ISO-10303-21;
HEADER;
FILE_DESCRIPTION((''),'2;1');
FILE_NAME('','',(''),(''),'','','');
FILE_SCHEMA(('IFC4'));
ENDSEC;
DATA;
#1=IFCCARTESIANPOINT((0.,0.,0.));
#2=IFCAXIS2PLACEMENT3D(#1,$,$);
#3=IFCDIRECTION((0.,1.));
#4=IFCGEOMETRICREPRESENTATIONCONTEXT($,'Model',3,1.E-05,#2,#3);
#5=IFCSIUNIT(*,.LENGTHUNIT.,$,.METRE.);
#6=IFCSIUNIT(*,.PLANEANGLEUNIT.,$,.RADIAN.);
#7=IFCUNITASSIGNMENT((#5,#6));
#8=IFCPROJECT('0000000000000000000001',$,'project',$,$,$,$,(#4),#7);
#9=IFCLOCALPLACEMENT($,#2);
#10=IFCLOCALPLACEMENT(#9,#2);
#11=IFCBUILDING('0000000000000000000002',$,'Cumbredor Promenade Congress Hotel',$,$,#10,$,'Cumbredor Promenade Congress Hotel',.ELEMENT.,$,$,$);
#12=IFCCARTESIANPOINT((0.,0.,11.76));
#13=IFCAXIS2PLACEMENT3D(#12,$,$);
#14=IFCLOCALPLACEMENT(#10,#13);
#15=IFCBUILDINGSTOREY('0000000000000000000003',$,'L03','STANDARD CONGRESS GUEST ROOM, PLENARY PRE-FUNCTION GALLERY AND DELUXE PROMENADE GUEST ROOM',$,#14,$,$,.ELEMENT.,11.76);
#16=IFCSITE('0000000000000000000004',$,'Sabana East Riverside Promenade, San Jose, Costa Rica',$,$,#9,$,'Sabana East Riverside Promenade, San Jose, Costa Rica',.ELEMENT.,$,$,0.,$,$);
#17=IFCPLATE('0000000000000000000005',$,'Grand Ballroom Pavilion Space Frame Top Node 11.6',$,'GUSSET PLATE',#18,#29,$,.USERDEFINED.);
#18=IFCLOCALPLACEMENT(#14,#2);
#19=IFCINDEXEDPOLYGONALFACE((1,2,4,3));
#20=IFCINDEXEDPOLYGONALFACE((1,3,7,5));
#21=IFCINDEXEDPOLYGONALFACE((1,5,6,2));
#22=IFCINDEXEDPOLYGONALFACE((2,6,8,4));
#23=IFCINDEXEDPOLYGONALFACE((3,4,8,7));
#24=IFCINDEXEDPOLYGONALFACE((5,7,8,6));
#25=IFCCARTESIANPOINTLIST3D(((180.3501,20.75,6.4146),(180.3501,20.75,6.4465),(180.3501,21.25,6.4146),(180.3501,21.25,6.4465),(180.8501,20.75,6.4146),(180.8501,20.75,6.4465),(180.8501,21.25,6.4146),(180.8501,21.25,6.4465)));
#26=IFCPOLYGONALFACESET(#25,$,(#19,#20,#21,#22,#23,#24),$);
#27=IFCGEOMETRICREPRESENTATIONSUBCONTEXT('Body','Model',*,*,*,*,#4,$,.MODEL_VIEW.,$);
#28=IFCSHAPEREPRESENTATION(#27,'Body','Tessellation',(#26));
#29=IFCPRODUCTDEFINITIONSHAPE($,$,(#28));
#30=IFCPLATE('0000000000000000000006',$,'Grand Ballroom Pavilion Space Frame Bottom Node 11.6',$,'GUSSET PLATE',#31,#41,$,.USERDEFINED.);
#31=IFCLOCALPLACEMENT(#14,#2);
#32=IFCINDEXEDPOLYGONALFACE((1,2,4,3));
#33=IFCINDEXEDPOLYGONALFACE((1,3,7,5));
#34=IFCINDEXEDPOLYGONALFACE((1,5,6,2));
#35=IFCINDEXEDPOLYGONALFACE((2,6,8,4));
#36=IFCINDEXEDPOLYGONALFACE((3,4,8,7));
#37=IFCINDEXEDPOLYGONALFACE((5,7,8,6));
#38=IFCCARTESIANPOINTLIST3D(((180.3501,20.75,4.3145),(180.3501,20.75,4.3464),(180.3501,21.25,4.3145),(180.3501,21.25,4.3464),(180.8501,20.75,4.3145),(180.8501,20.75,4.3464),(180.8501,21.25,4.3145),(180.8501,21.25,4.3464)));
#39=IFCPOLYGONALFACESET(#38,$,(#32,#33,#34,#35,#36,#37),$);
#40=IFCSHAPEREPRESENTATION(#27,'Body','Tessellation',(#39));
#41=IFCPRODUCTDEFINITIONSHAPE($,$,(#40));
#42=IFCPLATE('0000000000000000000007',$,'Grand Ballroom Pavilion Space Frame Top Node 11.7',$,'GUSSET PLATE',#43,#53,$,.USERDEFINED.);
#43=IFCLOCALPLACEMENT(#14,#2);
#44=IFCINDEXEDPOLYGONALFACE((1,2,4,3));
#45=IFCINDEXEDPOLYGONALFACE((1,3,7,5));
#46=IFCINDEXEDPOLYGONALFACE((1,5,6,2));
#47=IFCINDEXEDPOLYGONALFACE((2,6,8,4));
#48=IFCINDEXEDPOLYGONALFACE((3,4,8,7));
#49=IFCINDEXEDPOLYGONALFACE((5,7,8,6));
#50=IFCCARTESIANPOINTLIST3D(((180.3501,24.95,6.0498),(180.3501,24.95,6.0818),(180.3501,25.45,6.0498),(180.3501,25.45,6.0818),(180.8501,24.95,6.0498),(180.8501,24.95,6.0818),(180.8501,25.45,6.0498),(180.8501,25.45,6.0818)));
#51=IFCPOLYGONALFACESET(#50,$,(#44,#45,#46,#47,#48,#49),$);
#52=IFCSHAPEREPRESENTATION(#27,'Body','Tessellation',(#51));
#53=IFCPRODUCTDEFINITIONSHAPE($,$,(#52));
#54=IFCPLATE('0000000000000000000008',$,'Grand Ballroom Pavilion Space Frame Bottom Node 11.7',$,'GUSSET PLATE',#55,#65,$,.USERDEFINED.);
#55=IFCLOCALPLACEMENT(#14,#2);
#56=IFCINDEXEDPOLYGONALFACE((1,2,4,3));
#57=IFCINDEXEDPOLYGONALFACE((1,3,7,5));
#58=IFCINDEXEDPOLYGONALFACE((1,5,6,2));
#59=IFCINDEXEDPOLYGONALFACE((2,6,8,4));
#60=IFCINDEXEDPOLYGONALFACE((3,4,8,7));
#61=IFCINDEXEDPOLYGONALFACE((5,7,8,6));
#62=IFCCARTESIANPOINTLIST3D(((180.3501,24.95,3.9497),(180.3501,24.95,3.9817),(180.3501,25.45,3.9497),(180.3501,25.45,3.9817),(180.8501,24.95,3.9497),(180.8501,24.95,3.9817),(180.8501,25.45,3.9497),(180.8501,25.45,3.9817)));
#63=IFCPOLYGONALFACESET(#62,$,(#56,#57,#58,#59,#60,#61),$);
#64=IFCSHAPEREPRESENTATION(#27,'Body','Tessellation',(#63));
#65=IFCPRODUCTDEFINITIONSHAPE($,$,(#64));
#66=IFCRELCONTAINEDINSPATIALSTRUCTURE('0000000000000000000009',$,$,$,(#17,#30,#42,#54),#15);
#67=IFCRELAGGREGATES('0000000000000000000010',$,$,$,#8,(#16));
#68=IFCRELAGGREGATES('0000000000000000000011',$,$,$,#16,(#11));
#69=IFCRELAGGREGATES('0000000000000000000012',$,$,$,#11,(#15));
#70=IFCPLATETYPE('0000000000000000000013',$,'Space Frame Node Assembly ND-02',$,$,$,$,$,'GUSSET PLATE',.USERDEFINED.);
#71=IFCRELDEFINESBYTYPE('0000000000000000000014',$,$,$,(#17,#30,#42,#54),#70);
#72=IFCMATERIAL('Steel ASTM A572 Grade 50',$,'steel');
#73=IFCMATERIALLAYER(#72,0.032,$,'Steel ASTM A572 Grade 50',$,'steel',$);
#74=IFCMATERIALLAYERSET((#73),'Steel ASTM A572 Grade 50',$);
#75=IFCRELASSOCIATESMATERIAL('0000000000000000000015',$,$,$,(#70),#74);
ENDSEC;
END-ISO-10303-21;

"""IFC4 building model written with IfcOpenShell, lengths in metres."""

from ifc_helpers import new_model, si_unit, direction, frame, origin, origin_2d, place, context, subcontext, project, spatial, rectangle, extrude, material, layer, layer_set, type_object, element, save


model = new_model("IFC4")

# Units and contexts
model_context = context("Model", 3, precision=1e-05, world=origin(), true_north=direction((0.0, 1.0)))
body_context = subcontext(model_context, "Body", "Model", "MODEL_VIEW")
ifc_project = project(units=[si_unit("LENGTHUNIT", "METRE"), si_unit("PLANEANGLEUNIT", "RADIAN")], contexts=[model_context])

# Site, building, storey
site_placement = place(None, origin())
site = spatial("IfcSite", under=ifc_project, at=site_placement, Name="Sabana East Riverside Promenade, San Jose, Costa Rica", LongName="Sabana East Riverside Promenade, San Jose, Costa Rica", CompositionType="ELEMENT", RefElevation=0.0)
building_placement = place(site_placement, origin())
building = spatial("IfcBuilding", under=site, at=building_placement, Name="Cumbredor Promenade Congress Hotel", LongName="Cumbredor Promenade Congress Hotel", CompositionType="ELEMENT")
storey_placement = place(building_placement, frame((0.0, 0.0, 11.76)))
storey = spatial("IfcBuildingStorey", under=building, at=storey_placement, Name="L03", Description="STANDARD CONGRESS GUEST ROOM, PLENARY PRE-FUNCTION GALLERY AND DELUXE PROMENADE GUEST ROOM", CompositionType="ELEMENT", Elevation=11.76)

# Plates
ifc_material_1 = material(Name="Steel ASTM A572 Grade 50", Category="steel")
ifc_layer = layer(ifc_material_1, 0.032, Name="Steel ASTM A572 Grade 50", Category="steel")
ifc_layer_set = layer_set([ifc_layer], Name="Steel ASTM A572 Grade 50")
plate_type = type_object("IfcPlateType", Name="Space Frame Node Assembly ND-02", ElementType="GUSSET PLATE", PredefinedType="USERDEFINED", material=ifc_layer_set)
for number, where, z_axis, x_axis, name in (
    (1, (180.6001, 21.0, 6.4146), (0.0, 0.0, 1.0), (1.0, 0.0, 0.0), "Grand Ballroom Pavilion Space Frame Top Node 11.6"),
    (2, (180.6001, 21.0, 4.3145), (0.0, 0.0, 1.0), (1.0, 0.0, 0.0), "Grand Ballroom Pavilion Space Frame Bottom Node 11.6"),
    (3, (180.6001, 25.2, 6.0498), (0.0, 0.0, 1.0), (1.0, 0.0, 0.0), "Grand Ballroom Pavilion Space Frame Top Node 11.7"),
    (4, (180.6001, 25.2, 3.9497), (0.0, 0.0, 1.0), (1.0, 0.0, 0.0), "Grand Ballroom Pavilion Space Frame Bottom Node 11.7"),
):
    element("IfcPlate", number, at=place(storey_placement, frame(where, z_axis=z_axis, x_axis=x_axis)), inside=storey, type_object=plate_type, Name=name, ObjectType="GUSSET PLATE", PredefinedType="USERDEFINED", context=body_context, shape_type="SweptSolid", body=[
        extrude(rectangle(XDim=0.5, YDim=0.5, at=origin_2d()), origin(), (0.0, 0.0, 1.0), 0.032),
    ])

save(model, "model.ifc")
